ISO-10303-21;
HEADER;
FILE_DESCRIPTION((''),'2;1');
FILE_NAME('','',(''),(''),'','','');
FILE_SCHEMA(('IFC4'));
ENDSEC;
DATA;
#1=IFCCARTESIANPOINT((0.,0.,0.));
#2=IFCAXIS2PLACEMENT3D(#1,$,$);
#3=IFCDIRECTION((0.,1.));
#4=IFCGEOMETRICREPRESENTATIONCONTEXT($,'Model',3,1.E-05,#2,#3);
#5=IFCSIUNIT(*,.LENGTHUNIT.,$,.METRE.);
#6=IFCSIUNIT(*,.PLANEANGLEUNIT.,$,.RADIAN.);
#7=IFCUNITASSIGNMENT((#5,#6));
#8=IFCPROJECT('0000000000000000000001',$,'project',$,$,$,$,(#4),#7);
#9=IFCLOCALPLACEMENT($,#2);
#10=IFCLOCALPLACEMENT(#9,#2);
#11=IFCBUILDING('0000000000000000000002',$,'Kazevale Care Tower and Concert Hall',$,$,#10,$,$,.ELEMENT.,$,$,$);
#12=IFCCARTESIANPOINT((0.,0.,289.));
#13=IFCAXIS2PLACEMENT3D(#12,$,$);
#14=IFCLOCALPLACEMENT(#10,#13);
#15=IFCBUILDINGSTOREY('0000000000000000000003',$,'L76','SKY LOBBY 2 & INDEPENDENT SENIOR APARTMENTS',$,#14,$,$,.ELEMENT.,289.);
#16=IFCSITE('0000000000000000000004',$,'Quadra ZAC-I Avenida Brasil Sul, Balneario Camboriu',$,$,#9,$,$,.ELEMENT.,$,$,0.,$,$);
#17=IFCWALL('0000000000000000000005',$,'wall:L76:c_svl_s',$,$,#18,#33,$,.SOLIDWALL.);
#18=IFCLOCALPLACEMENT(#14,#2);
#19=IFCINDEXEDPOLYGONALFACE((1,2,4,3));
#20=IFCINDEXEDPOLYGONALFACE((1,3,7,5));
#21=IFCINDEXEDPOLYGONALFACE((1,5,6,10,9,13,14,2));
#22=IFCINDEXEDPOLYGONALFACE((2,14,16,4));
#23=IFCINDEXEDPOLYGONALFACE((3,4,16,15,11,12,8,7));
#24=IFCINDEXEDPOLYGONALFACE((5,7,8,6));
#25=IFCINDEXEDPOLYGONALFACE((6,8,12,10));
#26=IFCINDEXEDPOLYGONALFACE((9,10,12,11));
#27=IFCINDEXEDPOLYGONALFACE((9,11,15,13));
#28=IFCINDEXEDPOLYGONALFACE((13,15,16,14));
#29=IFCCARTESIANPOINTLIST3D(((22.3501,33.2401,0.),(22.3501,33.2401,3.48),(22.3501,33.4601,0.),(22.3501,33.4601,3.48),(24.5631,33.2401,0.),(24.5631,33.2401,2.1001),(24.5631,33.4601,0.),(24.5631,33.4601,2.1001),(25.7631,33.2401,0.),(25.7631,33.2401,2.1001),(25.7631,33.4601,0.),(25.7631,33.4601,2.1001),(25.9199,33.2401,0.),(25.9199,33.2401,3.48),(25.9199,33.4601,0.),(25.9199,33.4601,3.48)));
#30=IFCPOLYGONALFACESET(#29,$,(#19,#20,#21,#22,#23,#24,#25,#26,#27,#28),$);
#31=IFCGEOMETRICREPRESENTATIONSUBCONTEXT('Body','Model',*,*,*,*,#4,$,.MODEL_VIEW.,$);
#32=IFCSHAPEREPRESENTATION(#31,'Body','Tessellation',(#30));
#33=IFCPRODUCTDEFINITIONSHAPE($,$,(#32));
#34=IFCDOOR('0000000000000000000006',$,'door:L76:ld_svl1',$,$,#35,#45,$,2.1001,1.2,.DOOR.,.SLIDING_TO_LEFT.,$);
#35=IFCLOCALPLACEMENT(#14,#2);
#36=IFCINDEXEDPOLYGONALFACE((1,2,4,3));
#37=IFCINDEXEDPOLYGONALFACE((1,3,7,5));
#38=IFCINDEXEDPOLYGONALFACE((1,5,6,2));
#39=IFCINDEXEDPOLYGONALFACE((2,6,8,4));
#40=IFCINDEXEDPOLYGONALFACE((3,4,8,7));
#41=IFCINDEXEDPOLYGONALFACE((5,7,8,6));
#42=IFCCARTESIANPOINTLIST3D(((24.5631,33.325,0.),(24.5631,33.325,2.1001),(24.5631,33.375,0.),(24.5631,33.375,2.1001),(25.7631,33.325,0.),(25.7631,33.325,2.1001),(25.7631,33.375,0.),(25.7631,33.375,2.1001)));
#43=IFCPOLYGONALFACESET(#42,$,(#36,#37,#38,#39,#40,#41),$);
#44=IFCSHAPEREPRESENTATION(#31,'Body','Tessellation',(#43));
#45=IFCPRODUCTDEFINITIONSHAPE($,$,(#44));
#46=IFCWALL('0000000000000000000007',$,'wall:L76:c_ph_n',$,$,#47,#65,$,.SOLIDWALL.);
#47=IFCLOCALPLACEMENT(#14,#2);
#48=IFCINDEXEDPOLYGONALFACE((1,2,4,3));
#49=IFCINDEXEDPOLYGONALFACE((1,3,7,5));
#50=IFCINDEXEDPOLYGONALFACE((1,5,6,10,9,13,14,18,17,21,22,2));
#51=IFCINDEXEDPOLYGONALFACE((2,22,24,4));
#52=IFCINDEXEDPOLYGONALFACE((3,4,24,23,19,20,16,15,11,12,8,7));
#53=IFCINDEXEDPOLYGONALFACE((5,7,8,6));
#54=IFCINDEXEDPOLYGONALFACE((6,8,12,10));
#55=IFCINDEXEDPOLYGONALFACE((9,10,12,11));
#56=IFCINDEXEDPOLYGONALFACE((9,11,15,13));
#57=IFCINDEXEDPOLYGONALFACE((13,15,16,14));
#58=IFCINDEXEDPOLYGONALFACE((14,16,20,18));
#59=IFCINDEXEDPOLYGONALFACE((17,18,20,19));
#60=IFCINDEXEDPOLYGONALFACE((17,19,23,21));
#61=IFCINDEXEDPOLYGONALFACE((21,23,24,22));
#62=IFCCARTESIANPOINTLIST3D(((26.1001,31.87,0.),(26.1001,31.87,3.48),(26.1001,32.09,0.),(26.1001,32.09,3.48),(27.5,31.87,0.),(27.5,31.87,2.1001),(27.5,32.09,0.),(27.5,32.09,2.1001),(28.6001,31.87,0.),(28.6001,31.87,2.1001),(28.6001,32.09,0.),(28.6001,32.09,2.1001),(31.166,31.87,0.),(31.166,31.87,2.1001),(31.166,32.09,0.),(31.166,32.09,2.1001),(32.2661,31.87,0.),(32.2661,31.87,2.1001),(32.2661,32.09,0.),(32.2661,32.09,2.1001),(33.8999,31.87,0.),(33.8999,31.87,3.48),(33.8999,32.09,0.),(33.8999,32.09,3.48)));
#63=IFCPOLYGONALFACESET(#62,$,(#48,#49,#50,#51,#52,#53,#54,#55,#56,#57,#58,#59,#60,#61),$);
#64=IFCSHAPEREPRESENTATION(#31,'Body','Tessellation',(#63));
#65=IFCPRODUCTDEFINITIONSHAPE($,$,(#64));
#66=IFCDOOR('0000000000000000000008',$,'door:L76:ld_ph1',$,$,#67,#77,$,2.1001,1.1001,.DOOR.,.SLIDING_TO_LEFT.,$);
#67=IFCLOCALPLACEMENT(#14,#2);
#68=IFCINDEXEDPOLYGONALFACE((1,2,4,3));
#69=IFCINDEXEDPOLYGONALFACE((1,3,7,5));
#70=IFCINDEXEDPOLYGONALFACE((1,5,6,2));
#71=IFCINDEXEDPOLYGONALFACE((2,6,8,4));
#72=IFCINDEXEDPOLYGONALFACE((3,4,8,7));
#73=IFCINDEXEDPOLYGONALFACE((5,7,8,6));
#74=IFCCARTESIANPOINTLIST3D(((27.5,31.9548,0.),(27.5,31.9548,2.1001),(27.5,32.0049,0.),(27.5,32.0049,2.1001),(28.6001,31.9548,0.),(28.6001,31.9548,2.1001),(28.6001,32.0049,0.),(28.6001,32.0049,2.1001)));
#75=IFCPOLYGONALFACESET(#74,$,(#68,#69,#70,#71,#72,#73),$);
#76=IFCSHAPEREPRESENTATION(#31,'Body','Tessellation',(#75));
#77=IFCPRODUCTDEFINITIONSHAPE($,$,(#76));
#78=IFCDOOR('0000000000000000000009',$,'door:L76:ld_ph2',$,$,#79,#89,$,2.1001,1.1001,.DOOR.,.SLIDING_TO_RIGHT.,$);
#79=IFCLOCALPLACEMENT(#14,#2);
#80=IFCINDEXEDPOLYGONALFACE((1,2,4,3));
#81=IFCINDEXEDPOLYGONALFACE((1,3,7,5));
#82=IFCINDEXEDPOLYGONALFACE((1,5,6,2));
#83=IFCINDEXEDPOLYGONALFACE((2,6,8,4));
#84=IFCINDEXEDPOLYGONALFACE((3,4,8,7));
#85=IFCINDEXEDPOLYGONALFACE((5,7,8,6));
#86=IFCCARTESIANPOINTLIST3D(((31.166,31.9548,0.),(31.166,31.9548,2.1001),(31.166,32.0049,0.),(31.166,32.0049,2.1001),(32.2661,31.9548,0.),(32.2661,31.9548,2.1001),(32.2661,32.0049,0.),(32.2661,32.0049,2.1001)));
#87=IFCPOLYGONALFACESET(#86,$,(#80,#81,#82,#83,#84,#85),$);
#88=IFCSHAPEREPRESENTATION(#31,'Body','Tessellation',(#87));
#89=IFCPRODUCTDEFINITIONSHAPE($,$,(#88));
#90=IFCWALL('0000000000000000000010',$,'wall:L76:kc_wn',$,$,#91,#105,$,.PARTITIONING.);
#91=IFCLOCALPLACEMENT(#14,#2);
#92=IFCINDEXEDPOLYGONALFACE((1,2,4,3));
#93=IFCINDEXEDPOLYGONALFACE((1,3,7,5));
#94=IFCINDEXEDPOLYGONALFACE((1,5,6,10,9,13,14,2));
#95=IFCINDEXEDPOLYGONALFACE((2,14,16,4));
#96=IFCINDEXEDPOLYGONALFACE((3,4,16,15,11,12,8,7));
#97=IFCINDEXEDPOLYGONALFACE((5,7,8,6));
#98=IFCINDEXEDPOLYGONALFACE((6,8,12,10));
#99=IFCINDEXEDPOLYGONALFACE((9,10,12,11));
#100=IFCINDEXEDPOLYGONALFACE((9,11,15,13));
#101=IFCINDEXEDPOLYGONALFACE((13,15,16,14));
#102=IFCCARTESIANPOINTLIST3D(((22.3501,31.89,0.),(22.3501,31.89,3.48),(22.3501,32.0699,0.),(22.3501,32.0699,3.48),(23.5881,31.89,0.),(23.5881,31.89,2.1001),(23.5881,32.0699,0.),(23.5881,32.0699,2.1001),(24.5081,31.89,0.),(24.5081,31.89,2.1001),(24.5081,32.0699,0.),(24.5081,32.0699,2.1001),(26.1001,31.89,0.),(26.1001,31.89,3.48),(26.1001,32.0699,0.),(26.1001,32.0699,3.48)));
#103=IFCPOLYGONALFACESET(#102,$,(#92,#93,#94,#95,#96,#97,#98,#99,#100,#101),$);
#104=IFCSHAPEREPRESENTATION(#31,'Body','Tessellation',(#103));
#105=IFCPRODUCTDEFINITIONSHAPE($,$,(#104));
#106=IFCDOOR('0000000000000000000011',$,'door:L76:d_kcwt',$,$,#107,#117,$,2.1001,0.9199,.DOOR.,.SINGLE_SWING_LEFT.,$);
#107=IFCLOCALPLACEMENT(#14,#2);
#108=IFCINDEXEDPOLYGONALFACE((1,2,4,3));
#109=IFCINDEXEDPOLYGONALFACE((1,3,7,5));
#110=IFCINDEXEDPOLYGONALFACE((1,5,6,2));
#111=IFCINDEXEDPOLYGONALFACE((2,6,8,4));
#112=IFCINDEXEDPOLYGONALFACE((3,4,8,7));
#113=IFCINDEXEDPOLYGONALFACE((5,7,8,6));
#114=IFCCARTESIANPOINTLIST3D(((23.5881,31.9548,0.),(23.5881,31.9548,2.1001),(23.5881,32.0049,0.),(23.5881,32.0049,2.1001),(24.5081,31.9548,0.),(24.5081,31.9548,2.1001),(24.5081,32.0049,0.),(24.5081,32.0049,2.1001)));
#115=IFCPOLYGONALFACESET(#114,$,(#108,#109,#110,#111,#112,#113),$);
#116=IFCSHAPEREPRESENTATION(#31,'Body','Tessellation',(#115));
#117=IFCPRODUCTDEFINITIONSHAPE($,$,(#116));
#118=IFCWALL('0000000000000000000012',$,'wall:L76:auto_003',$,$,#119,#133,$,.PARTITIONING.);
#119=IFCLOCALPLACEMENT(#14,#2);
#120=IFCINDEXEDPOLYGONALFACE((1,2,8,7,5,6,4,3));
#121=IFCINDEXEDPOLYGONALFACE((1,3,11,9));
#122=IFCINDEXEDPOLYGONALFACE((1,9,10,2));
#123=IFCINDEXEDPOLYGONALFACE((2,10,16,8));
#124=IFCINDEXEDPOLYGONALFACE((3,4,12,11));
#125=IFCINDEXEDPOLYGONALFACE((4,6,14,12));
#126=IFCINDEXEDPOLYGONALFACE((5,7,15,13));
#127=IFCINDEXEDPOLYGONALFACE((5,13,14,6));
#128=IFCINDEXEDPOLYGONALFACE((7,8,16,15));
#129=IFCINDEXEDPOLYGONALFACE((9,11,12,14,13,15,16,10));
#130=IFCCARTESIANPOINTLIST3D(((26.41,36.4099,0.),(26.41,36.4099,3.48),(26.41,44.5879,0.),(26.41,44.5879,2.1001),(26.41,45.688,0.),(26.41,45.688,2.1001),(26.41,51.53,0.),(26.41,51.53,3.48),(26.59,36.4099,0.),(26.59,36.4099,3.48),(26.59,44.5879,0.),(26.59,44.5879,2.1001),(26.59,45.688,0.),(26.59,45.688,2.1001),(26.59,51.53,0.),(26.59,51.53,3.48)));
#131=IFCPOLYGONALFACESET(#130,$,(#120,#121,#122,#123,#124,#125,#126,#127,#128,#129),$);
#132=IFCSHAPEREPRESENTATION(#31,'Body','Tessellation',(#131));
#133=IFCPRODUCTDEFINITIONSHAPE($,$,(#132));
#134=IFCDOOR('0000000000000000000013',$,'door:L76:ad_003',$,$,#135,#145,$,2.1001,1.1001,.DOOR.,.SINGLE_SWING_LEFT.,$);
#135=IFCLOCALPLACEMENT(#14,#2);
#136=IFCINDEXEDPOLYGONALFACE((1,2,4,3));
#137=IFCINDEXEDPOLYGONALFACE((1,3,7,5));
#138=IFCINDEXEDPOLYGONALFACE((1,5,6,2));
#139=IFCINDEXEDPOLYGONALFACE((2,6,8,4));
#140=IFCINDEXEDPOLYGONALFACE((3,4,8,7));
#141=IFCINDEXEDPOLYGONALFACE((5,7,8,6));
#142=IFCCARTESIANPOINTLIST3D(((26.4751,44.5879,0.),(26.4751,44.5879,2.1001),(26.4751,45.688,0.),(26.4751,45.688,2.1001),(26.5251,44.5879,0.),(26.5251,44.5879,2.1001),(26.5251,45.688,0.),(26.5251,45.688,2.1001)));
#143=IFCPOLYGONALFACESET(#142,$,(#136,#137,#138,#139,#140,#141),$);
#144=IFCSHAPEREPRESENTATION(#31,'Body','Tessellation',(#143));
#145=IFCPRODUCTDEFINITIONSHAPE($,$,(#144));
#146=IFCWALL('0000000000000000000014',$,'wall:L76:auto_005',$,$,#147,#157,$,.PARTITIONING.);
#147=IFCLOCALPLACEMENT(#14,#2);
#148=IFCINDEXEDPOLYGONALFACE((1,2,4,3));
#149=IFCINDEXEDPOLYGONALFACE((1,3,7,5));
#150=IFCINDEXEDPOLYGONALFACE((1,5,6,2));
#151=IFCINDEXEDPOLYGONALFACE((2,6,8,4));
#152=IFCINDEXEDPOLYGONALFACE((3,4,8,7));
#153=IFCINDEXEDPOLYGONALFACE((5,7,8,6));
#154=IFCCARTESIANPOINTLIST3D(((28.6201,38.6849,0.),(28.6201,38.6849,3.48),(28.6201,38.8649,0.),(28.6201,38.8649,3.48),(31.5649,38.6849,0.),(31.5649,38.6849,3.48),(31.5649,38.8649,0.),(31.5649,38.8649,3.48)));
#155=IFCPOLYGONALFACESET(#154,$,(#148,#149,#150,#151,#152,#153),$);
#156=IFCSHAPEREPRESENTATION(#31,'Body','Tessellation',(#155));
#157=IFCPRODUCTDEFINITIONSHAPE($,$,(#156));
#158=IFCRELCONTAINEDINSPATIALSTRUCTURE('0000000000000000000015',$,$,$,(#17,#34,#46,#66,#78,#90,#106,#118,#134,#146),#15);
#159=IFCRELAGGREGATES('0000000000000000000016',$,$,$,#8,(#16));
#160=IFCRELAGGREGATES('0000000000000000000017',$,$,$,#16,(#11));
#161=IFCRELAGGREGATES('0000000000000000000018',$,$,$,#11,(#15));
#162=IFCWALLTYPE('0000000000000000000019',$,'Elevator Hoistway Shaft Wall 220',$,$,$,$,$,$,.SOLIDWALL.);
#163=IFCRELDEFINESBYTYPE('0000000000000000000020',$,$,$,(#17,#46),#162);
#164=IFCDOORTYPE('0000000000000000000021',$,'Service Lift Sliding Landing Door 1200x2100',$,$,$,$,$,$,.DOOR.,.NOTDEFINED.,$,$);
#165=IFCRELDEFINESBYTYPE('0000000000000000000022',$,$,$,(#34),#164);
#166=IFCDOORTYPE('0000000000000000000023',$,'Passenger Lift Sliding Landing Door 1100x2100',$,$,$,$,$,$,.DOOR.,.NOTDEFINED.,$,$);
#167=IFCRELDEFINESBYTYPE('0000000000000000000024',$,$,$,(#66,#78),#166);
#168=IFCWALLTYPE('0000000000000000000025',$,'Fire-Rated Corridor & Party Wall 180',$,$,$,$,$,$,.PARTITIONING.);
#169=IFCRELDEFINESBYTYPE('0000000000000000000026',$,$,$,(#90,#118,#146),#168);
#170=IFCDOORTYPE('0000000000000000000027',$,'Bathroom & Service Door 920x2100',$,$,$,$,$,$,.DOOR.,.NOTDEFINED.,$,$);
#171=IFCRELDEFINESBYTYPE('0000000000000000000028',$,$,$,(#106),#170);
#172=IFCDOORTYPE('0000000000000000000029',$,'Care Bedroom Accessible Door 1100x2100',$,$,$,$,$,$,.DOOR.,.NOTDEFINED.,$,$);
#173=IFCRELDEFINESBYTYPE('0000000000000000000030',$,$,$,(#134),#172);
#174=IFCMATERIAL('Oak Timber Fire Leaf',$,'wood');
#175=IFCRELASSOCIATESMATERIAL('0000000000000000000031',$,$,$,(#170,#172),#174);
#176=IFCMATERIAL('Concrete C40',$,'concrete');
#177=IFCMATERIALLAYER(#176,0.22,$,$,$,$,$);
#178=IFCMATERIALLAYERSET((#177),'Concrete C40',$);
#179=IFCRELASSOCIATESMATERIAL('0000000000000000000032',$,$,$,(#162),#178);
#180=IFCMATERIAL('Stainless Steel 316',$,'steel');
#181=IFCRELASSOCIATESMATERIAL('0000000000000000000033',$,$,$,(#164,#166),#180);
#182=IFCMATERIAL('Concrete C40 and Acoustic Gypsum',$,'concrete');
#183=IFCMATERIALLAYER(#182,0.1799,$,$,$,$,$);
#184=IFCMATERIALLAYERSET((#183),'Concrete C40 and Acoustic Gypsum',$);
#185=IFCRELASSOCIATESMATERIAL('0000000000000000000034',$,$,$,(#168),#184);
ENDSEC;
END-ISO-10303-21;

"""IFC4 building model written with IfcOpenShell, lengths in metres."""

from ifc_helpers import new_model, si_unit, direction, frame, frame_2d, origin, place, context, subcontext, project, spatial, rectangle, extrude, material, layer, layer_set, type_object, element, fill, save


model = new_model("IFC4")

# Units and contexts
model_context = context("Model", 3, precision=1e-05, world=origin(), true_north=direction((0.0, 1.0)))
body_context = subcontext(model_context, "Body", "Model", "MODEL_VIEW")
ifc_project = project(units=[si_unit("LENGTHUNIT", "METRE"), si_unit("PLANEANGLEUNIT", "RADIAN")], contexts=[model_context])

# Site, building, storey
site_placement = place(None, origin())
site = spatial("IfcSite", under=ifc_project, at=site_placement, Name="Quadra ZAC-I Avenida Brasil Sul, Balneario Camboriu", CompositionType="ELEMENT", RefElevation=0.0)
building_placement = place(site_placement, origin())
building = spatial("IfcBuilding", under=site, at=building_placement, Name="Kazevale Care Tower and Concert Hall", CompositionType="ELEMENT")
storey_placement = place(building_placement, frame((0.0, 0.0, 289.0)))
storey = spatial("IfcBuildingStorey", under=building, at=storey_placement, Name="L76", Description="SKY LOBBY 2 & INDEPENDENT SENIOR APARTMENTS", CompositionType="ELEMENT", Elevation=289.0)

# Shared definitions
ifc_material_1 = material(Name="Oak Timber Fire Leaf", Category="wood")
door_type_1 = type_object("IfcDoorType", Name="Bathroom & Service Door 920x2100", OperationType="NOTDEFINED", PredefinedType="DOOR", material=ifc_material_1)

# Shared definitions
ifc_material_2 = material(Name="Concrete C40", Category="concrete")
ifc_layer_1 = layer(ifc_material_2, 0.22)
ifc_layer_set_1 = layer_set([ifc_layer_1], Name="Concrete C40")
wall_type_1 = type_object("IfcWallType", Name="Elevator Hoistway Shaft Wall 220", PredefinedType="SOLIDWALL", material=ifc_layer_set_1)

# Wall, opening, door
wall_1_placement = place(storey_placement, frame((22.3501, 33.3501, 0.0), z_axis=(0.0, 0.0, 1.0), x_axis=(1.0, 0.0, 0.0)))
wall_1 = element("IfcWall", 1, at=wall_1_placement, inside=storey, type_object=wall_type_1, Name="wall:L76:c_svl_s", PredefinedType="SOLIDWALL", context=body_context, shape_type="SweptSolid", body=[
    extrude(rectangle(XDim=3.5698, YDim=0.22, at=frame_2d((1.7849, 0.0))), origin(), (0.0, 0.0, 1.0), 3.48),
])
opening_1_placement = place(wall_1_placement, frame((2.2129, 0.0, 0.0)))
opening_1 = element("IfcOpeningElement", 2, at=opening_1_placement, cuts=wall_1, PredefinedType="OPENING", context=body_context, shape_type="SweptSolid", body=[
    extrude(rectangle(XDim=1.2, YDim=2.1001, at=frame_2d((0.6001, 1.05))), frame((0.0, 0.1199, 0.0), z_axis=(0.0, -1.0, 0.0), x_axis=(1.0, 0.0, 0.0)), (0.0, 0.0, 1.0), 0.24),
])
ifc_material_3 = material(Name="Stainless Steel 316", Category="steel")
door_type_2 = type_object("IfcDoorType", Name="Service Lift Sliding Landing Door 1200x2100", OperationType="NOTDEFINED", PredefinedType="DOOR", material=ifc_material_3)
door_1_placement = place(opening_1_placement, origin())
door_1 = element("IfcDoor", 3, at=door_1_placement, inside=storey, type_object=door_type_2, Name="door:L76:ld_svl1", OperationType="SLIDING_TO_LEFT", OverallHeight=2.1001, OverallWidth=1.2, PredefinedType="DOOR", context=body_context, shape_type="SweptSolid", body=[
    extrude(rectangle(XDim=1.2, YDim=2.1001, at=frame_2d((0.6001, 1.05))), frame((0.0, 0.0249, 0.0), z_axis=(0.0, -1.0, 0.0), x_axis=(1.0, 0.0, 0.0)), (0.0, 0.0, 1.0), 0.05),
])
fill(opening_1, door_1)

# Wall, openings, doors
wall_2_placement = place(storey_placement, frame((26.1001, 31.98, 0.0), z_axis=(0.0, 0.0, 1.0), x_axis=(1.0, 0.0, 0.0)))
wall_2 = element("IfcWall", 4, at=wall_2_placement, inside=storey, type_object=wall_type_1, Name="wall:L76:c_ph_n", PredefinedType="SOLIDWALL", context=body_context, shape_type="SweptSolid", body=[
    extrude(rectangle(XDim=7.7998, YDim=0.22, at=frame_2d((3.8999, 0.0))), origin(), (0.0, 0.0, 1.0), 3.48),
])
opening_2_placement = place(wall_2_placement, frame((1.3999, 0.0, 0.0)))
opening_2 = element("IfcOpeningElement", 5, at=opening_2_placement, cuts=wall_2, PredefinedType="OPENING", context=body_context, shape_type="SweptSolid", body=[
    extrude(rectangle(XDim=1.1001, YDim=2.1001, at=frame_2d((0.55, 1.05))), frame((0.0, 0.1199, 0.0), z_axis=(0.0, -1.0, 0.0), x_axis=(1.0, 0.0, 0.0)), (0.0, 0.0, 1.0), 0.24),
])
opening_3_placement = place(wall_2_placement, frame((5.0659, 0.0, 0.0)))
opening_3 = element("IfcOpeningElement", 6, at=opening_3_placement, cuts=wall_2, PredefinedType="OPENING", context=body_context, shape_type="SweptSolid", body=[
    extrude(rectangle(XDim=1.1001, YDim=2.1001, at=frame_2d((0.55, 1.05))), frame((0.0, 0.1199, 0.0), z_axis=(0.0, -1.0, 0.0), x_axis=(1.0, 0.0, 0.0)), (0.0, 0.0, 1.0), 0.24),
])
door_type_3 = type_object("IfcDoorType", Name="Passenger Lift Sliding Landing Door 1100x2100", OperationType="NOTDEFINED", PredefinedType="DOOR", material=ifc_material_3)
door_2_placement = place(opening_2_placement, origin())
door_2 = element("IfcDoor", 7, at=door_2_placement, inside=storey, type_object=door_type_3, Name="door:L76:ld_ph1", OperationType="SLIDING_TO_LEFT", OverallHeight=2.1001, OverallWidth=1.1001, PredefinedType="DOOR", context=body_context, shape_type="SweptSolid", body=[
    extrude(rectangle(XDim=1.1001, YDim=2.1001, at=frame_2d((0.55, 1.05))), frame((0.0, 0.0249, 0.0), z_axis=(0.0, -1.0, 0.0), x_axis=(1.0, 0.0, 0.0)), (0.0, 0.0, 1.0), 0.05),
])
fill(opening_2, door_2)
door_3_placement = place(opening_3_placement, origin())
door_3 = element("IfcDoor", 8, at=door_3_placement, inside=storey, type_object=door_type_3, Name="door:L76:ld_ph2", OperationType="SLIDING_TO_RIGHT", OverallHeight=2.1001, OverallWidth=1.1001, PredefinedType="DOOR", context=body_context, shape_type="SweptSolid", body=[
    extrude(rectangle(XDim=1.1001, YDim=2.1001, at=frame_2d((0.55, 1.05))), frame((0.0, 0.0249, 0.0), z_axis=(0.0, -1.0, 0.0), x_axis=(1.0, 0.0, 0.0)), (0.0, 0.0, 1.0), 0.05),
])
fill(opening_3, door_3)

# Walls, openings, doors
ifc_material_4 = material(Name="Concrete C40 and Acoustic Gypsum", Category="concrete")
ifc_layer_2 = layer(ifc_material_4, 0.1799)
ifc_layer_set_2 = layer_set([ifc_layer_2], Name="Concrete C40 and Acoustic Gypsum")
wall_type_2 = type_object("IfcWallType", Name="Fire-Rated Corridor & Party Wall 180", PredefinedType="PARTITIONING", material=ifc_layer_set_2)
wall_3_placement = place(storey_placement, frame((22.3501, 31.98, 0.0), z_axis=(0.0, 0.0, 1.0), x_axis=(1.0, 0.0, 0.0)))
wall_3 = element("IfcWall", 9, at=wall_3_placement, inside=storey, type_object=wall_type_2, Name="wall:L76:kc_wn", PredefinedType="PARTITIONING", context=body_context, shape_type="SweptSolid", body=[
    extrude(rectangle(XDim=3.75, YDim=0.1799, at=frame_2d((1.875, 0.0))), origin(), (0.0, 0.0, 1.0), 3.48),
])
opening_4_placement = place(wall_3_placement, frame((1.238, 0.0, 0.0)))
opening_4 = element("IfcOpeningElement", 10, at=opening_4_placement, cuts=wall_3, PredefinedType="OPENING", context=body_context, shape_type="SweptSolid", body=[
    extrude(rectangle(XDim=0.9199, YDim=2.1001, at=frame_2d((0.46, 1.05))), frame((0.0, 0.0999, 0.0), z_axis=(0.0, -1.0, 0.0), x_axis=(1.0, 0.0, 0.0)), (0.0, 0.0, 1.0), 0.2),
])
door_4_placement = place(opening_4_placement, origin())
door_4 = element("IfcDoor", 11, at=door_4_placement, inside=storey, type_object=door_type_1, Name="door:L76:d_kcwt", OperationType="SINGLE_SWING_LEFT", OverallHeight=2.1001, OverallWidth=0.9199, PredefinedType="DOOR", context=body_context, shape_type="SweptSolid", body=[
    extrude(rectangle(XDim=0.9199, YDim=2.1001, at=frame_2d((0.46, 1.05))), frame((0.0, 0.0249, 0.0), z_axis=(0.0, -1.0, 0.0), x_axis=(1.0, 0.0, 0.0)), (0.0, 0.0, 1.0), 0.05),
])
fill(opening_4, door_4)
wall_4_placement = place(storey_placement, frame((26.5, 36.4099, 0.0), z_axis=(0.0, 0.0, 1.0), x_axis=(0.0, 1.0, 0.0)))
wall_4 = element("IfcWall", 12, at=wall_4_placement, inside=storey, type_object=wall_type_2, Name="wall:L76:auto_003", PredefinedType="PARTITIONING", context=body_context, shape_type="SweptSolid", body=[
    extrude(rectangle(XDim=15.1201, YDim=0.1799, at=frame_2d((7.5601, 0.0))), origin(), (0.0, 0.0, 1.0), 3.48),
])
opening_5_placement = place(wall_4_placement, frame((8.178, 0.0, 0.0)))
opening_5 = element("IfcOpeningElement", 13, at=opening_5_placement, cuts=wall_4, PredefinedType="OPENING", context=body_context, shape_type="SweptSolid", body=[
    extrude(rectangle(XDim=1.1001, YDim=2.1001, at=frame_2d((0.55, 1.05))), frame((0.0, 0.0999, 0.0), z_axis=(0.0, -1.0, 0.0), x_axis=(1.0, 0.0, 0.0)), (0.0, 0.0, 1.0), 0.2),
])
door_type_4 = type_object("IfcDoorType", Name="Care Bedroom Accessible Door 1100x2100", OperationType="NOTDEFINED", PredefinedType="DOOR", material=ifc_material_1)
door_5_placement = place(opening_5_placement, origin())
door_5 = element("IfcDoor", 14, at=door_5_placement, inside=storey, type_object=door_type_4, Name="door:L76:ad_003", OperationType="SINGLE_SWING_LEFT", OverallHeight=2.1001, OverallWidth=1.1001, PredefinedType="DOOR", context=body_context, shape_type="SweptSolid", body=[
    extrude(rectangle(XDim=1.1001, YDim=2.1001, at=frame_2d((0.55, 1.05))), frame((0.0, 0.0249, 0.0), z_axis=(0.0, -1.0, 0.0), x_axis=(1.0, 0.0, 0.0)), (0.0, 0.0, 1.0), 0.05),
])
fill(opening_5, door_5)

# Wall
wall_5_placement = place(storey_placement, frame((28.6201, 38.7749, 0.0), z_axis=(0.0, 0.0, 1.0), x_axis=(1.0, 0.0, 0.0)))
element("IfcWall", 15, at=wall_5_placement, inside=storey, type_object=wall_type_2, Name="wall:L76:auto_005", PredefinedType="PARTITIONING", context=body_context, shape_type="SweptSolid", body=[
    extrude(rectangle(XDim=2.9448, YDim=0.1799, at=frame_2d((1.4724, 0.0))), origin(), (0.0, 0.0, 1.0), 3.48),
])

save(model, "model.ifc")
